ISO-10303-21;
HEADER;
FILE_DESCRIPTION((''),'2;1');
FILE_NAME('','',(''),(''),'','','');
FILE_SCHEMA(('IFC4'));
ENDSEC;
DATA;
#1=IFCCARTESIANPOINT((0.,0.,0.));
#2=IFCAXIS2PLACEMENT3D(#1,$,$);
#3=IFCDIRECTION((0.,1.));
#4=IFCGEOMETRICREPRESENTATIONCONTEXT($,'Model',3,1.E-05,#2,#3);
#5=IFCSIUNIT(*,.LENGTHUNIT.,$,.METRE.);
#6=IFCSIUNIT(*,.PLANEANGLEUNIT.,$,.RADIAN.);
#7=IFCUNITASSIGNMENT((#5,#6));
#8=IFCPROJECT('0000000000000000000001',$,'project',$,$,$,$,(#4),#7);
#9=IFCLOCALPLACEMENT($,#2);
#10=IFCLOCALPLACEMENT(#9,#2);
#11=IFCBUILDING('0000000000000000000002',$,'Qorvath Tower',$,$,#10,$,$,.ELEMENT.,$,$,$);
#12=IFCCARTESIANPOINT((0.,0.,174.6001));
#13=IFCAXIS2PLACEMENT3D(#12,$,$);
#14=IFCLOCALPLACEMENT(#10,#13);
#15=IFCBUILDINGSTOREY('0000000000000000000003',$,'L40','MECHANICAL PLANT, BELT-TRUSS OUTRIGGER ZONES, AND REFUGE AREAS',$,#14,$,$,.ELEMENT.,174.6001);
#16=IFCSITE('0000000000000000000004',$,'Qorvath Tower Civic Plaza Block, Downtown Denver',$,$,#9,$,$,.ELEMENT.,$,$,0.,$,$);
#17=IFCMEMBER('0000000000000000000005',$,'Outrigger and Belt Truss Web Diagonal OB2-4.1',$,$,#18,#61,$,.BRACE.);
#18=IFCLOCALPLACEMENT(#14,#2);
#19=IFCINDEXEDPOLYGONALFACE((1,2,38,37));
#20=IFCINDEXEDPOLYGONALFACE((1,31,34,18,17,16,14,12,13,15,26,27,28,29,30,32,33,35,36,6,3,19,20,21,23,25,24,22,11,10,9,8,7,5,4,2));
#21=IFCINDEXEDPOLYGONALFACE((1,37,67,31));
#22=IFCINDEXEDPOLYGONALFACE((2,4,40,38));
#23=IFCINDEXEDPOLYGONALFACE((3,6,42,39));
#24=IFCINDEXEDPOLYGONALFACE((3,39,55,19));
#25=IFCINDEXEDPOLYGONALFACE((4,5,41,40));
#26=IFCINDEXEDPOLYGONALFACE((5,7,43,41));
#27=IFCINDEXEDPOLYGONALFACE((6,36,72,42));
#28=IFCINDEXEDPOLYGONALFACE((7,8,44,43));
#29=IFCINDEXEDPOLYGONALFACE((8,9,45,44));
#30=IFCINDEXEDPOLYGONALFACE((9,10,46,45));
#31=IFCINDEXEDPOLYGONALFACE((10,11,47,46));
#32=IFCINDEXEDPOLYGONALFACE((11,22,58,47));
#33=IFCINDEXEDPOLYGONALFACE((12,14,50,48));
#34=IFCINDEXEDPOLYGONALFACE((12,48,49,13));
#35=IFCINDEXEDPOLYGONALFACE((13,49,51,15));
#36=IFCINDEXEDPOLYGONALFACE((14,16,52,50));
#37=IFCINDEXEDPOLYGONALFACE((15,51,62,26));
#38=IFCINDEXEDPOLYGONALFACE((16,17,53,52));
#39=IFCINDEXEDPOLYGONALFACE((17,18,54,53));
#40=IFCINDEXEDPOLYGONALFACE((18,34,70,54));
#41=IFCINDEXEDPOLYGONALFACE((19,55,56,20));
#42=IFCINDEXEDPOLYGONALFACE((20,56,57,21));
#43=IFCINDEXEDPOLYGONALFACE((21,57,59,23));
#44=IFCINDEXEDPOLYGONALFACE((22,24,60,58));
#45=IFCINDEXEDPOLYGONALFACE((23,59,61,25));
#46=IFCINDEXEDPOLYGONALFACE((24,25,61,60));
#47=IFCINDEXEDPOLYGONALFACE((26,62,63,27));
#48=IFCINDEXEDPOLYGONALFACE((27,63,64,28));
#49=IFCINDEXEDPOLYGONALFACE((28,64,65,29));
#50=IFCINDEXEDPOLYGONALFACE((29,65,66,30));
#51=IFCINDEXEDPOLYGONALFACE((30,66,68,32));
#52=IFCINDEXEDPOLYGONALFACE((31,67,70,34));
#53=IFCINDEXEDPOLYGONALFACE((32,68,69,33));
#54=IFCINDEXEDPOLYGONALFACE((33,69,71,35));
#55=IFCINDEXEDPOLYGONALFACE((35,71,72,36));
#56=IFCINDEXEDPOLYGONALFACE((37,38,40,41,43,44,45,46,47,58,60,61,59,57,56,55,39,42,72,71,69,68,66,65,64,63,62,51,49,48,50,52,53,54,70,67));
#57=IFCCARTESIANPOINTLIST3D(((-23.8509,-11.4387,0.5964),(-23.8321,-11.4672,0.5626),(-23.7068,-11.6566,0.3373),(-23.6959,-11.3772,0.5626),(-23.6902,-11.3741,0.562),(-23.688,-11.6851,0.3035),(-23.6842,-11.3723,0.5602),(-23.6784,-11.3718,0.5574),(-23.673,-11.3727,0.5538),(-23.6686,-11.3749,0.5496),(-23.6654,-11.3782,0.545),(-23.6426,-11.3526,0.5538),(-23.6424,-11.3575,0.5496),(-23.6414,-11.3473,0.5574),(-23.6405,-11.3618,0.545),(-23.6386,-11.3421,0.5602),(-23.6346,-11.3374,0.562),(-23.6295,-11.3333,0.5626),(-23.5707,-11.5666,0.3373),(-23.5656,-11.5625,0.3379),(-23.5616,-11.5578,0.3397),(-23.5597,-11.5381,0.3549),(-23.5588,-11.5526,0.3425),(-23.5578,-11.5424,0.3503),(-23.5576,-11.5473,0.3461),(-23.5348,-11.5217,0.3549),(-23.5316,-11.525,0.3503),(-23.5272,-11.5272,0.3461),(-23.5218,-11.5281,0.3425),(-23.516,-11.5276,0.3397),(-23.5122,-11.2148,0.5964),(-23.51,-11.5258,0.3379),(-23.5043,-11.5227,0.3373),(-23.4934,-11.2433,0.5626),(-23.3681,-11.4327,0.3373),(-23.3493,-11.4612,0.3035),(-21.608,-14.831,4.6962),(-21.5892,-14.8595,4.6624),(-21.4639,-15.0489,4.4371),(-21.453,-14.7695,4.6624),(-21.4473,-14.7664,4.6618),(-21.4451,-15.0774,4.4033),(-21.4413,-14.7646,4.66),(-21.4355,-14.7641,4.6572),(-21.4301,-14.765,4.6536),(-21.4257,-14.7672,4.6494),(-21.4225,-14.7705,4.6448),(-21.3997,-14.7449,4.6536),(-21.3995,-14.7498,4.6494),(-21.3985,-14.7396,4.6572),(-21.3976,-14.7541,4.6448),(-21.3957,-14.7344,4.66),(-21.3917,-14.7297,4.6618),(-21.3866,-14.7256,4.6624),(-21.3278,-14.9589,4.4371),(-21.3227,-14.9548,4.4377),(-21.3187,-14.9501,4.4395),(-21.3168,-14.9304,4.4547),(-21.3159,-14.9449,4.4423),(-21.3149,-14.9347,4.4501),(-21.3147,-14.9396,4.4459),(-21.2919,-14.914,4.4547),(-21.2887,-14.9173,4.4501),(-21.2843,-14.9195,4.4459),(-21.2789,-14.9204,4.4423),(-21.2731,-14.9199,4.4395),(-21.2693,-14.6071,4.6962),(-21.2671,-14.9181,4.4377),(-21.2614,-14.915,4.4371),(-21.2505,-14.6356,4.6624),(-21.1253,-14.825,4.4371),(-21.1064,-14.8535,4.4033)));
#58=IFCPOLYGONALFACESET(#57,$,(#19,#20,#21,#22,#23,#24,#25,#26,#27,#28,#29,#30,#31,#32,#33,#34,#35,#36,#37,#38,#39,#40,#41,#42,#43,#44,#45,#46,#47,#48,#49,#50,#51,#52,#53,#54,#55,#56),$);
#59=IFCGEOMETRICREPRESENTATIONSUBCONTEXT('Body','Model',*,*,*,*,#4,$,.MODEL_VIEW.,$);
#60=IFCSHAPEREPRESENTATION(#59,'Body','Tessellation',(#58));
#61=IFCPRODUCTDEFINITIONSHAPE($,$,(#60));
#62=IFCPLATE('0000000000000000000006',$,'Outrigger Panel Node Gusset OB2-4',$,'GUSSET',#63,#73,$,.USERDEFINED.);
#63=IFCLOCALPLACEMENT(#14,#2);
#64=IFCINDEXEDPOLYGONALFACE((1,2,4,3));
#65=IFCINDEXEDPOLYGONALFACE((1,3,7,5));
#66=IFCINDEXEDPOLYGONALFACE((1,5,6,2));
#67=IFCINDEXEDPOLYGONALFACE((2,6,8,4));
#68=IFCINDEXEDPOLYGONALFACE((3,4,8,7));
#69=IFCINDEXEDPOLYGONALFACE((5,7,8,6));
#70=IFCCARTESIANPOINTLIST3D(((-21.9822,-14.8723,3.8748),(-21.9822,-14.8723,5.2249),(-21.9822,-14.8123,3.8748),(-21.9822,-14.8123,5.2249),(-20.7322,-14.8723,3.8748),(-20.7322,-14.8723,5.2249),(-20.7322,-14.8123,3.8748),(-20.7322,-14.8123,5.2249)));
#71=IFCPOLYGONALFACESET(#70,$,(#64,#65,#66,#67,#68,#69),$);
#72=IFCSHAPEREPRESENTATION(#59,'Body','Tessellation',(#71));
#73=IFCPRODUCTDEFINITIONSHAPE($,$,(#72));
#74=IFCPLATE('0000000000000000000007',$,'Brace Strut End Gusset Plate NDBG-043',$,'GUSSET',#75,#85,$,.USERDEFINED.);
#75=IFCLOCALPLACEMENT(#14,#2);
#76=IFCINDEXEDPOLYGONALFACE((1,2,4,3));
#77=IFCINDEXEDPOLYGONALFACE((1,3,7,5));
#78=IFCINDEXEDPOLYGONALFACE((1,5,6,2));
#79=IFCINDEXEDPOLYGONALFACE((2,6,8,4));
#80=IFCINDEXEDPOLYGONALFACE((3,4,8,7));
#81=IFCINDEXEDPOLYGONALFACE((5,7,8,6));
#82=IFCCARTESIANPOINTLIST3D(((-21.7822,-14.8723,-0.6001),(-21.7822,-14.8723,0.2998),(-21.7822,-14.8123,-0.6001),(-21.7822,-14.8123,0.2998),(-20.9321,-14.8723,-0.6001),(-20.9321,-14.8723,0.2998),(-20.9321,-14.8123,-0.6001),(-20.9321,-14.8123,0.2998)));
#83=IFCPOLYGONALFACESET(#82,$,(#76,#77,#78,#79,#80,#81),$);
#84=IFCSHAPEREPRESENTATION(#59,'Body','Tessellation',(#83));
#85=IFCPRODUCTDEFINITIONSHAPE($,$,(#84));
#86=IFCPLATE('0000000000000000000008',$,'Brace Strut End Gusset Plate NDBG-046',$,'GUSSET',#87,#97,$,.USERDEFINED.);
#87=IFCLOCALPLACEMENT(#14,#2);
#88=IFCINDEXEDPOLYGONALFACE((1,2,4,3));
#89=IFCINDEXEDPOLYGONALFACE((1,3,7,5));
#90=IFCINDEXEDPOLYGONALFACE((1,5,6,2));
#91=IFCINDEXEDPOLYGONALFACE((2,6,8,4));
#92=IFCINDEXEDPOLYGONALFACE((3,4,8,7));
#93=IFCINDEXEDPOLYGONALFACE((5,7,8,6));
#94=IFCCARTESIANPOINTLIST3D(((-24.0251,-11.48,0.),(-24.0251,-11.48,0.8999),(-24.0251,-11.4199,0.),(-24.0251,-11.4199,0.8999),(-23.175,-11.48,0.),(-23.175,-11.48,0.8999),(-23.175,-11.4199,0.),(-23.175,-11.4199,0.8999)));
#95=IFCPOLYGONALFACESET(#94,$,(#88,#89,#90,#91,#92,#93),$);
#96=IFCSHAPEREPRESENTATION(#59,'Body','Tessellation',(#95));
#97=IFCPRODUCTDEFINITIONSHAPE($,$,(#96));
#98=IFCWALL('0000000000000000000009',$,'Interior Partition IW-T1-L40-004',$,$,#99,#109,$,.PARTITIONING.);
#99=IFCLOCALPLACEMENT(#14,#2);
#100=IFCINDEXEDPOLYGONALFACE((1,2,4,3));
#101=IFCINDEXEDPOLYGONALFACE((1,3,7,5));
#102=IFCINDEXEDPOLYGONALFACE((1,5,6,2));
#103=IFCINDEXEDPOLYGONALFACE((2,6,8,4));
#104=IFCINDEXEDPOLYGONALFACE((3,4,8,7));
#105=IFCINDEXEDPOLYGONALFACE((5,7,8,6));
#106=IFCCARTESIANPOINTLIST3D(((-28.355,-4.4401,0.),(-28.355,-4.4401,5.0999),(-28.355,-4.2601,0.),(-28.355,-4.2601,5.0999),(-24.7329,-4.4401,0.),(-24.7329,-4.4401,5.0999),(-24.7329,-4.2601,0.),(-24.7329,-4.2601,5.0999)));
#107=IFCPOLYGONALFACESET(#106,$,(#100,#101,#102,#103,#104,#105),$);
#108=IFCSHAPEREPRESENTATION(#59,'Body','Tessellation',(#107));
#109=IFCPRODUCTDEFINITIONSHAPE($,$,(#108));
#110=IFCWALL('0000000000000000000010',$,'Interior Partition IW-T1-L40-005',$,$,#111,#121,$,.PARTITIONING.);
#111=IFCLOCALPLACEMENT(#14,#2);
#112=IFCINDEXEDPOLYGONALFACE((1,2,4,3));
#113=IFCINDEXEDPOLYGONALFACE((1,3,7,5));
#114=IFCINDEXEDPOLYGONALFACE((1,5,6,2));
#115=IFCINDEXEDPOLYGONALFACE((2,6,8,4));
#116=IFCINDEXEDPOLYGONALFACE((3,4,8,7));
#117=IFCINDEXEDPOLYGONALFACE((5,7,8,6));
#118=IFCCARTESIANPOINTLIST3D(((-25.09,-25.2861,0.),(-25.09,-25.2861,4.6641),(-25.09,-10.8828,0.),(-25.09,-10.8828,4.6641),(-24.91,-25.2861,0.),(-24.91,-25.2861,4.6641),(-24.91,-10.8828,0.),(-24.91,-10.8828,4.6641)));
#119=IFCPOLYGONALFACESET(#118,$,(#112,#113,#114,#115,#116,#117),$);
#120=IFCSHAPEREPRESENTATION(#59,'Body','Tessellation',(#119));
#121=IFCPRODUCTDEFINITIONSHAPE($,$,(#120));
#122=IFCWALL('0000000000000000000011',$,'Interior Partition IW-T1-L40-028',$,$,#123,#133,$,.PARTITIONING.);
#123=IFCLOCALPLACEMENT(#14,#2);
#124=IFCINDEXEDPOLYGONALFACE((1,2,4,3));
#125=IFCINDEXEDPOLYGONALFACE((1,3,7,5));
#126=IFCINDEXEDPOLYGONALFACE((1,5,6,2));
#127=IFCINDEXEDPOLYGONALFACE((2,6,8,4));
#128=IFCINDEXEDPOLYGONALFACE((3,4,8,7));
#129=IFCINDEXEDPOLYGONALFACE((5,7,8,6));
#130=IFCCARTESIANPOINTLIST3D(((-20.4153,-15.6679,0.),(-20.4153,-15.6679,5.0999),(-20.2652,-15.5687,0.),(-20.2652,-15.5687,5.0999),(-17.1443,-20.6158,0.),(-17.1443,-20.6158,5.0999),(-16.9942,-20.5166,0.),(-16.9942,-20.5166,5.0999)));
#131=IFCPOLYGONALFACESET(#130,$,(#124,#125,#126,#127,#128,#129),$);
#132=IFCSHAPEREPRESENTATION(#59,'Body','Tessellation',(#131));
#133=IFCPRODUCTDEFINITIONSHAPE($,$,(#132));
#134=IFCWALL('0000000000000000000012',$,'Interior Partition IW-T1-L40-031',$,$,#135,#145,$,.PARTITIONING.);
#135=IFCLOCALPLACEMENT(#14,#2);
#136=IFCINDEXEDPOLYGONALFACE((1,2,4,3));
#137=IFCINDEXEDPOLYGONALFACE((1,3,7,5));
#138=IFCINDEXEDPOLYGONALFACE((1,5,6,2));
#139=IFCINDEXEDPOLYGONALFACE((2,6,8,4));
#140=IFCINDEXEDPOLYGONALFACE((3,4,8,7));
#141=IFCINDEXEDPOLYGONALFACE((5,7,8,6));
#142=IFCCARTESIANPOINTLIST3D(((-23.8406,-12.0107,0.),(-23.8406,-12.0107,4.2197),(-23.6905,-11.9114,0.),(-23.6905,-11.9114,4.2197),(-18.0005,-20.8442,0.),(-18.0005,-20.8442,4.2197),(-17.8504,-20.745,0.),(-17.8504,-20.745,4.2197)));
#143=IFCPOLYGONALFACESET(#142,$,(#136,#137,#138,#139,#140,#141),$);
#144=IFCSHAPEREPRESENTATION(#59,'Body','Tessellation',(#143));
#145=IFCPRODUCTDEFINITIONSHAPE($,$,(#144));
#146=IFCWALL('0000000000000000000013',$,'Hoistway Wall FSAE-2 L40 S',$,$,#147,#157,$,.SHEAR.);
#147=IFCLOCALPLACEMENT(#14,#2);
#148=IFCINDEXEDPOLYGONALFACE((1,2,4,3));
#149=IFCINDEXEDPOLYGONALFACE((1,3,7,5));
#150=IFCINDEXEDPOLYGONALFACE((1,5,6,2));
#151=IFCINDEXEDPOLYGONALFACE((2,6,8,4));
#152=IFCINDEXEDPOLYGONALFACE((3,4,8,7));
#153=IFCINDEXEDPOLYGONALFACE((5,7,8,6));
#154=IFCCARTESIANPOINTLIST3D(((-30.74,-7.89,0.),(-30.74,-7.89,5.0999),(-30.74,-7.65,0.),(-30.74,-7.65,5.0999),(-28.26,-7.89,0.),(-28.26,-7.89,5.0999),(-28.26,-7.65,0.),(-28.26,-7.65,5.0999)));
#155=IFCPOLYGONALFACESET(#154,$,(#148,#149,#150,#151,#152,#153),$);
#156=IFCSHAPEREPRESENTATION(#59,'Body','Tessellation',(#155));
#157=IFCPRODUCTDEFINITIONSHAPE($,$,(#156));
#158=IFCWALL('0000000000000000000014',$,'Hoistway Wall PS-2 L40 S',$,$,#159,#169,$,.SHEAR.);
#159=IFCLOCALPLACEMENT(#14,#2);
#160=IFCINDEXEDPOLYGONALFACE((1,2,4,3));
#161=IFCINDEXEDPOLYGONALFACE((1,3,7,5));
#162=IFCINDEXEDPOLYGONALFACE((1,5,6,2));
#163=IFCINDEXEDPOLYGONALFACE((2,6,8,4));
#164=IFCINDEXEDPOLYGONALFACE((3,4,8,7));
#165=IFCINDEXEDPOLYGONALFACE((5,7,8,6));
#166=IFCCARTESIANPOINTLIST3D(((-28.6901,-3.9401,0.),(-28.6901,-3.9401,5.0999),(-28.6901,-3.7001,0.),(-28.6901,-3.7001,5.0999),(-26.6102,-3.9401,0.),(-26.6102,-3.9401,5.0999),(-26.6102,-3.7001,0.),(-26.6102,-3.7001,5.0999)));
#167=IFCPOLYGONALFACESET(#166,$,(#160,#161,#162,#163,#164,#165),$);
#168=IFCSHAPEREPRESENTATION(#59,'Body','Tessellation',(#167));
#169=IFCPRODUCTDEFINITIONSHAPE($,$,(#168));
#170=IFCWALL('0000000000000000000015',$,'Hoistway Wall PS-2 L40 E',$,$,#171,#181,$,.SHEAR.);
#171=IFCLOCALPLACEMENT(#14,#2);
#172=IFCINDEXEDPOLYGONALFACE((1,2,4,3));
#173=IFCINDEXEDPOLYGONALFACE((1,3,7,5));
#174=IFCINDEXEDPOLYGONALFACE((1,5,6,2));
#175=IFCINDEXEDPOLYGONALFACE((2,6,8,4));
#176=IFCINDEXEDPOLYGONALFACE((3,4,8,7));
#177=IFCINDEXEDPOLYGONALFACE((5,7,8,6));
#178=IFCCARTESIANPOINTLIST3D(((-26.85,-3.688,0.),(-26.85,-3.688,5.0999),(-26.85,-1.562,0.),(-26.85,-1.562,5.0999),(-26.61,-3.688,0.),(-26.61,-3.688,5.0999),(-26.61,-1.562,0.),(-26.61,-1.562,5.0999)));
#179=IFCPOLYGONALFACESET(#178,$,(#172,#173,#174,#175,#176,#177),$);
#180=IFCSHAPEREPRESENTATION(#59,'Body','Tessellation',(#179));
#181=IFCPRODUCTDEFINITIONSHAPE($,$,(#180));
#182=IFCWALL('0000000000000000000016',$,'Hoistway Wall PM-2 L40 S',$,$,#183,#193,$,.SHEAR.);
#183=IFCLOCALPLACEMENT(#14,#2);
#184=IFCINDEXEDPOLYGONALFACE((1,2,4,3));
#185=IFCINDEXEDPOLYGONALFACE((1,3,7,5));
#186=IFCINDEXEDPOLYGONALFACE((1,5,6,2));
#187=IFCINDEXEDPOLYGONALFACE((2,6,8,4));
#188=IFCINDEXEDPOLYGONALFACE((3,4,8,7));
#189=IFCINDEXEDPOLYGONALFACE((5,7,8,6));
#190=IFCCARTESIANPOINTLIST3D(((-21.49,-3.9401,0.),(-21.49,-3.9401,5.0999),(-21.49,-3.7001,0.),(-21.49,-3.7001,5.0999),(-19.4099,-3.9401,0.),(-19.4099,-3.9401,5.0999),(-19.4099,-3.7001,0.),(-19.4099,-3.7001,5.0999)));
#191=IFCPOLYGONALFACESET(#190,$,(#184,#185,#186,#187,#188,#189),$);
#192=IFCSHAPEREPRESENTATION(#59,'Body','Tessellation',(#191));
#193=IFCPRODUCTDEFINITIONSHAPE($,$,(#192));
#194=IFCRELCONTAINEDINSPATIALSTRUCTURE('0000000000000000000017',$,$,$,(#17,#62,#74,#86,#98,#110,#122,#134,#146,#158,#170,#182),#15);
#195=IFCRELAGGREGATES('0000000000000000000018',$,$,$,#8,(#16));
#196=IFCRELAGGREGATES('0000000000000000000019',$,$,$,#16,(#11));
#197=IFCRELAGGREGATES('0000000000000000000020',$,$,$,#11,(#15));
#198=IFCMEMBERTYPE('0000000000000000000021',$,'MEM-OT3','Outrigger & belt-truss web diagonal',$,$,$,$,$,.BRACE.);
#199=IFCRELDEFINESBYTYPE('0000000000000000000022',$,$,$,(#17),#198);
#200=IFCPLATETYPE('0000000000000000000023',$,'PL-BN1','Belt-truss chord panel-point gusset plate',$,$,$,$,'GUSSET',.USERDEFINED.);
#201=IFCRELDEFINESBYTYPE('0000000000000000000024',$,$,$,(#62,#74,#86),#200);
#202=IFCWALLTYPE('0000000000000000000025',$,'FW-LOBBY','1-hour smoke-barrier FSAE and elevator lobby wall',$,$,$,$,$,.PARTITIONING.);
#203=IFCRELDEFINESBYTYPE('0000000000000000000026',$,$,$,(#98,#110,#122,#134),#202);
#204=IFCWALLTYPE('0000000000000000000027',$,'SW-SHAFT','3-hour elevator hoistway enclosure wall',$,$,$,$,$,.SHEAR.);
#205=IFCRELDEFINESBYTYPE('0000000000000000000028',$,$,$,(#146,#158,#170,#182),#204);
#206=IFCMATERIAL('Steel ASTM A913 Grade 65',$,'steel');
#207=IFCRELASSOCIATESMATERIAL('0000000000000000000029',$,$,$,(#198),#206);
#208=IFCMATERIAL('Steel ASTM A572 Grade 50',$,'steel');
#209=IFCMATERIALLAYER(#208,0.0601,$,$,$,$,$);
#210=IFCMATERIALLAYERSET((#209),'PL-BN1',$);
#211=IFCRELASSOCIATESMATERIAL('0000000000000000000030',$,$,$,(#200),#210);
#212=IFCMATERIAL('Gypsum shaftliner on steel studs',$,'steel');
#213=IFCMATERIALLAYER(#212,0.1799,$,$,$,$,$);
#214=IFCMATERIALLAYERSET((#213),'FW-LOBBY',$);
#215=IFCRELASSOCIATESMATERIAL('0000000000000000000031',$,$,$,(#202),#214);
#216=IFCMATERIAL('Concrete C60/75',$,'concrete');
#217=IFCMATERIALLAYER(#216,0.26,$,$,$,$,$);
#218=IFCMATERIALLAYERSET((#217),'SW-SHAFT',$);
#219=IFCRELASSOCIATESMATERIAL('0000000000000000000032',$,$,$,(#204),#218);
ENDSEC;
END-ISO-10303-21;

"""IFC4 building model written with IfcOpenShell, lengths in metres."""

from ifc_helpers import new_model, si_unit, direction, frame, frame_2d, origin, origin_2d, place, context, subcontext, project, spatial, rectangle, i_section, extrude, material, layer, layer_set, material_profile, profile_set, type_object, element, save


model = new_model("IFC4")

# Units and contexts
model_context = context("Model", 3, precision=1e-05, world=origin(), true_north=direction((0.0, 1.0)))
body_context = subcontext(model_context, "Body", "Model", "MODEL_VIEW")
ifc_project = project(units=[si_unit("LENGTHUNIT", "METRE"), si_unit("PLANEANGLEUNIT", "RADIAN")], contexts=[model_context])

# Site, building, storey
site_placement = place(None, origin())
site = spatial("IfcSite", under=ifc_project, at=site_placement, Name="Qorvath Tower Civic Plaza Block, Downtown Denver", CompositionType="ELEMENT", RefElevation=0.0)
building_placement = place(site_placement, origin())
building = spatial("IfcBuilding", under=site, at=building_placement, Name="Qorvath Tower", CompositionType="ELEMENT")
storey_placement = place(building_placement, frame((0.0, 0.0, 174.6001)))
storey = spatial("IfcBuildingStorey", under=building, at=storey_placement, Name="L40", Description="MECHANICAL PLANT, BELT-TRUSS OUTRIGGER ZONES, AND REFUGE AREAS", CompositionType="ELEMENT", Elevation=174.6001)

# Member
ifc_material_1 = material(Name="Steel ASTM A913 Grade 65", Category="steel")
ifc_material_profile_1 = material_profile(ifc_material_1, i_section(OverallWidth=0.406, OverallDepth=0.416, WebThickness=0.0298, FlangeThickness=0.0481, FilletRadius=0.0249, at=origin_2d()), Name="W14x257")
ifc_profile_set_1 = profile_set([ifc_material_profile_1], Name="Steel ASTM A913 Grade 65")
member_type_1 = type_object("IfcMemberType", Name="MEM-OT3", Description="Outrigger & belt-truss web diagonal", PredefinedType="BRACE", material=ifc_profile_set_1)
member_1_placement = place(storey_placement, frame((-23.6001, -11.45, 0.45), z_axis=(0.388403, -0.587445, 0.709965), x_axis=(0.834159, 0.551524, 0.0)))
element("IfcMember", 1, at=member_1_placement, inside=storey, type_object=member_type_1, Name="Outrigger and Belt Truss Web Diagonal OB2-4.1", PredefinedType="BRACE", context=body_context, shape_type="SweptSolid", body=[
    extrude(i_section(OverallWidth=0.406, OverallDepth=0.416, WebThickness=0.0298, FlangeThickness=0.0481, FilletRadius=0.0249, at=origin_2d()), origin(), (0.0, 0.0, 1.0), 5.7747),
])

# Plates
ifc_material_2 = material(Name="Steel ASTM A572 Grade 50", Category="steel")
ifc_layer_1 = layer(ifc_material_2, 0.0601)
ifc_layer_set_1 = layer_set([ifc_layer_1], Name="PL-BN1")
plate_type = type_object("IfcPlateType", Name="PL-BN1", Description="Belt-truss chord panel-point gusset plate", ElementType="GUSSET", PredefinedType="USERDEFINED", material=ifc_layer_set_1)
plate_placement = place(storey_placement, frame((-21.3572, -14.8423, 3.8748), z_axis=(0.0, 0.0, 1.0), x_axis=(1.0, 0.0, 0.0)))
element("IfcPlate", 2, at=plate_placement, inside=storey, type_object=plate_type, Name="Outrigger Panel Node Gusset OB2-4", ObjectType="GUSSET", PredefinedType="USERDEFINED", context=body_context, shape_type="SweptSolid", body=[
    extrude(rectangle(XDim=1.25, YDim=0.0601, at=origin_2d()), origin(), (0.0, 0.0, 1.0), 1.3501),
])
for number, where, z_axis, x_axis, name in (
    (3, (-21.3572, -14.8423, -0.6001), (0.0, 0.0, 1.0), (1.0, 0.0, 0.0), "Brace Strut End Gusset Plate NDBG-043"),
    (4, (-23.6001, -11.45, 0.0), (0.0, 0.0, 1.0), (1.0, 0.0, 0.0), "Brace Strut End Gusset Plate NDBG-046"),
):
    element("IfcPlate", number, at=place(storey_placement, frame(where, z_axis=z_axis, x_axis=x_axis)), inside=storey, type_object=plate_type, Name=name, ObjectType="GUSSET", PredefinedType="USERDEFINED", context=body_context, shape_type="SweptSolid", body=[
        extrude(rectangle(XDim=0.8501, YDim=0.0601, at=origin_2d()), origin(), (0.0, 0.0, 1.0), 0.8999),
    ])

# Walls
ifc_material_3 = material(Name="Gypsum shaftliner on steel studs", Category="steel")
ifc_layer_2 = layer(ifc_material_3, 0.1799)
ifc_layer_set_2 = layer_set([ifc_layer_2], Name="FW-LOBBY")
wall_type_1 = type_object("IfcWallType", Name="FW-LOBBY", Description="1-hour smoke-barrier FSAE and elevator lobby wall", PredefinedType="PARTITIONING", material=ifc_layer_set_2)
wall_1_placement = place(storey_placement, frame((-24.7329, -4.3501, 0.0), z_axis=(0.0, 0.0, 1.0), x_axis=(-1.0, 0.0, 0.0)))
element("IfcWall", 5, at=wall_1_placement, inside=storey, type_object=wall_type_1, Name="Interior Partition IW-T1-L40-004", PredefinedType="PARTITIONING", context=body_context, shape_type="SweptSolid", body=[
    extrude(rectangle(XDim=3.6221, YDim=0.1799, at=frame_2d((1.811, 0.0))), origin(), (0.0, 0.0, 1.0), 5.0999),
])
wall_2_placement = place(storey_placement, frame((-25.0, -25.2861, 0.0), z_axis=(0.0, 0.0, 1.0), x_axis=(0.0, 1.0, 0.0)))
element("IfcWall", 6, at=wall_2_placement, inside=storey, type_object=wall_type_1, Name="Interior Partition IW-T1-L40-005", PredefinedType="PARTITIONING", context=body_context, shape_type="SweptSolid", body=[
    extrude(rectangle(XDim=14.4033, YDim=0.1799, at=frame_2d((7.2017, 0.0))), origin(), (0.0, 0.0, 1.0), 4.6641),
])
wall_3_placement = place(storey_placement, frame((-20.3403, -15.6182, 0.0), z_axis=(0.0, 0.0, 1.0), x_axis=(0.551467, -0.834197, 0.0)))
element("IfcWall", 7, at=wall_3_placement, inside=storey, type_object=wall_type_1, Name="Interior Partition IW-T1-L40-028", PredefinedType="PARTITIONING", context=body_context, shape_type="SweptSolid", body=[
    extrude(rectangle(XDim=5.9314, YDim=0.1799, at=frame_2d((2.9658, 0.0))), origin(), (0.0, 0.0, 1.0), 5.0999),
])
wall_4_placement = place(storey_placement, frame((-23.7656, -11.9609, 0.0), z_axis=(0.0, 0.0, 1.0), x_axis=(0.551499, -0.834176, 0.0)))
element("IfcWall", 8, at=wall_4_placement, inside=storey, type_object=wall_type_1, Name="Interior Partition IW-T1-L40-031", PredefinedType="PARTITIONING", context=body_context, shape_type="SweptSolid", body=[
    extrude(rectangle(XDim=10.5896, YDim=0.1799, at=frame_2d((5.2949, 0.0))), origin(), (0.0, 0.0, 1.0), 4.2197),
])
ifc_material_4 = material(Name="Concrete C60/75", Category="concrete")
ifc_layer_3 = layer(ifc_material_4, 0.26)
ifc_layer_set_3 = layer_set([ifc_layer_3], Name="SW-SHAFT")
wall_type_2 = type_object("IfcWallType", Name="SW-SHAFT", Description="3-hour elevator hoistway enclosure wall", PredefinedType="SHEAR", material=ifc_layer_set_3)
wall_5_placement = place(storey_placement, frame((-28.26, -7.77, 0.0), z_axis=(0.0, 0.0, 1.0), x_axis=(-1.0, 0.0, 0.0)))
element("IfcWall", 9, at=wall_5_placement, inside=storey, type_object=wall_type_2, Name="Hoistway Wall FSAE-2 L40 S", PredefinedType="SHEAR", context=body_context, shape_type="SweptSolid", body=[
    extrude(rectangle(XDim=2.48, YDim=0.24, at=frame_2d((1.24, 0.0))), origin(), (0.0, 0.0, 1.0), 5.0999),
])
wall_6_placement = place(storey_placement, frame((-26.6101, -3.8201, 0.0), z_axis=(0.0, 0.0, 1.0), x_axis=(-1.0, 0.0, 0.0)))
element("IfcWall", 10, at=wall_6_placement, inside=storey, type_object=wall_type_2, Name="Hoistway Wall PS-2 L40 S", PredefinedType="SHEAR", context=body_context, shape_type="SweptSolid", body=[
    extrude(rectangle(XDim=2.0798, YDim=0.24, at=frame_2d((1.04, 0.0))), origin(), (0.0, 0.0, 1.0), 5.0999),
])
wall_7_placement = place(storey_placement, frame((-26.73, -1.562, 0.0), z_axis=(0.0, 0.0, 1.0), x_axis=(0.0, -1.0, 0.0)))
element("IfcWall", 11, at=wall_7_placement, inside=storey, type_object=wall_type_2, Name="Hoistway Wall PS-2 L40 E", PredefinedType="SHEAR", context=body_context, shape_type="SweptSolid", body=[
    extrude(rectangle(XDim=2.126, YDim=0.24, at=frame_2d((1.063, 0.0))), origin(), (0.0, 0.0, 1.0), 5.0999),
])
wall_8_placement = place(storey_placement, frame((-19.4099, -3.8201, 0.0), z_axis=(0.0, 0.0, 1.0), x_axis=(-1.0, 0.0, 0.0)))
element("IfcWall", 12, at=wall_8_placement, inside=storey, type_object=wall_type_2, Name="Hoistway Wall PM-2 L40 S", PredefinedType="SHEAR", context=body_context, shape_type="SweptSolid", body=[
    extrude(rectangle(XDim=2.0801, YDim=0.24, at=frame_2d((1.04, 0.0))), origin(), (0.0, 0.0, 1.0), 5.0999),
])

save(model, "model.ifc")
